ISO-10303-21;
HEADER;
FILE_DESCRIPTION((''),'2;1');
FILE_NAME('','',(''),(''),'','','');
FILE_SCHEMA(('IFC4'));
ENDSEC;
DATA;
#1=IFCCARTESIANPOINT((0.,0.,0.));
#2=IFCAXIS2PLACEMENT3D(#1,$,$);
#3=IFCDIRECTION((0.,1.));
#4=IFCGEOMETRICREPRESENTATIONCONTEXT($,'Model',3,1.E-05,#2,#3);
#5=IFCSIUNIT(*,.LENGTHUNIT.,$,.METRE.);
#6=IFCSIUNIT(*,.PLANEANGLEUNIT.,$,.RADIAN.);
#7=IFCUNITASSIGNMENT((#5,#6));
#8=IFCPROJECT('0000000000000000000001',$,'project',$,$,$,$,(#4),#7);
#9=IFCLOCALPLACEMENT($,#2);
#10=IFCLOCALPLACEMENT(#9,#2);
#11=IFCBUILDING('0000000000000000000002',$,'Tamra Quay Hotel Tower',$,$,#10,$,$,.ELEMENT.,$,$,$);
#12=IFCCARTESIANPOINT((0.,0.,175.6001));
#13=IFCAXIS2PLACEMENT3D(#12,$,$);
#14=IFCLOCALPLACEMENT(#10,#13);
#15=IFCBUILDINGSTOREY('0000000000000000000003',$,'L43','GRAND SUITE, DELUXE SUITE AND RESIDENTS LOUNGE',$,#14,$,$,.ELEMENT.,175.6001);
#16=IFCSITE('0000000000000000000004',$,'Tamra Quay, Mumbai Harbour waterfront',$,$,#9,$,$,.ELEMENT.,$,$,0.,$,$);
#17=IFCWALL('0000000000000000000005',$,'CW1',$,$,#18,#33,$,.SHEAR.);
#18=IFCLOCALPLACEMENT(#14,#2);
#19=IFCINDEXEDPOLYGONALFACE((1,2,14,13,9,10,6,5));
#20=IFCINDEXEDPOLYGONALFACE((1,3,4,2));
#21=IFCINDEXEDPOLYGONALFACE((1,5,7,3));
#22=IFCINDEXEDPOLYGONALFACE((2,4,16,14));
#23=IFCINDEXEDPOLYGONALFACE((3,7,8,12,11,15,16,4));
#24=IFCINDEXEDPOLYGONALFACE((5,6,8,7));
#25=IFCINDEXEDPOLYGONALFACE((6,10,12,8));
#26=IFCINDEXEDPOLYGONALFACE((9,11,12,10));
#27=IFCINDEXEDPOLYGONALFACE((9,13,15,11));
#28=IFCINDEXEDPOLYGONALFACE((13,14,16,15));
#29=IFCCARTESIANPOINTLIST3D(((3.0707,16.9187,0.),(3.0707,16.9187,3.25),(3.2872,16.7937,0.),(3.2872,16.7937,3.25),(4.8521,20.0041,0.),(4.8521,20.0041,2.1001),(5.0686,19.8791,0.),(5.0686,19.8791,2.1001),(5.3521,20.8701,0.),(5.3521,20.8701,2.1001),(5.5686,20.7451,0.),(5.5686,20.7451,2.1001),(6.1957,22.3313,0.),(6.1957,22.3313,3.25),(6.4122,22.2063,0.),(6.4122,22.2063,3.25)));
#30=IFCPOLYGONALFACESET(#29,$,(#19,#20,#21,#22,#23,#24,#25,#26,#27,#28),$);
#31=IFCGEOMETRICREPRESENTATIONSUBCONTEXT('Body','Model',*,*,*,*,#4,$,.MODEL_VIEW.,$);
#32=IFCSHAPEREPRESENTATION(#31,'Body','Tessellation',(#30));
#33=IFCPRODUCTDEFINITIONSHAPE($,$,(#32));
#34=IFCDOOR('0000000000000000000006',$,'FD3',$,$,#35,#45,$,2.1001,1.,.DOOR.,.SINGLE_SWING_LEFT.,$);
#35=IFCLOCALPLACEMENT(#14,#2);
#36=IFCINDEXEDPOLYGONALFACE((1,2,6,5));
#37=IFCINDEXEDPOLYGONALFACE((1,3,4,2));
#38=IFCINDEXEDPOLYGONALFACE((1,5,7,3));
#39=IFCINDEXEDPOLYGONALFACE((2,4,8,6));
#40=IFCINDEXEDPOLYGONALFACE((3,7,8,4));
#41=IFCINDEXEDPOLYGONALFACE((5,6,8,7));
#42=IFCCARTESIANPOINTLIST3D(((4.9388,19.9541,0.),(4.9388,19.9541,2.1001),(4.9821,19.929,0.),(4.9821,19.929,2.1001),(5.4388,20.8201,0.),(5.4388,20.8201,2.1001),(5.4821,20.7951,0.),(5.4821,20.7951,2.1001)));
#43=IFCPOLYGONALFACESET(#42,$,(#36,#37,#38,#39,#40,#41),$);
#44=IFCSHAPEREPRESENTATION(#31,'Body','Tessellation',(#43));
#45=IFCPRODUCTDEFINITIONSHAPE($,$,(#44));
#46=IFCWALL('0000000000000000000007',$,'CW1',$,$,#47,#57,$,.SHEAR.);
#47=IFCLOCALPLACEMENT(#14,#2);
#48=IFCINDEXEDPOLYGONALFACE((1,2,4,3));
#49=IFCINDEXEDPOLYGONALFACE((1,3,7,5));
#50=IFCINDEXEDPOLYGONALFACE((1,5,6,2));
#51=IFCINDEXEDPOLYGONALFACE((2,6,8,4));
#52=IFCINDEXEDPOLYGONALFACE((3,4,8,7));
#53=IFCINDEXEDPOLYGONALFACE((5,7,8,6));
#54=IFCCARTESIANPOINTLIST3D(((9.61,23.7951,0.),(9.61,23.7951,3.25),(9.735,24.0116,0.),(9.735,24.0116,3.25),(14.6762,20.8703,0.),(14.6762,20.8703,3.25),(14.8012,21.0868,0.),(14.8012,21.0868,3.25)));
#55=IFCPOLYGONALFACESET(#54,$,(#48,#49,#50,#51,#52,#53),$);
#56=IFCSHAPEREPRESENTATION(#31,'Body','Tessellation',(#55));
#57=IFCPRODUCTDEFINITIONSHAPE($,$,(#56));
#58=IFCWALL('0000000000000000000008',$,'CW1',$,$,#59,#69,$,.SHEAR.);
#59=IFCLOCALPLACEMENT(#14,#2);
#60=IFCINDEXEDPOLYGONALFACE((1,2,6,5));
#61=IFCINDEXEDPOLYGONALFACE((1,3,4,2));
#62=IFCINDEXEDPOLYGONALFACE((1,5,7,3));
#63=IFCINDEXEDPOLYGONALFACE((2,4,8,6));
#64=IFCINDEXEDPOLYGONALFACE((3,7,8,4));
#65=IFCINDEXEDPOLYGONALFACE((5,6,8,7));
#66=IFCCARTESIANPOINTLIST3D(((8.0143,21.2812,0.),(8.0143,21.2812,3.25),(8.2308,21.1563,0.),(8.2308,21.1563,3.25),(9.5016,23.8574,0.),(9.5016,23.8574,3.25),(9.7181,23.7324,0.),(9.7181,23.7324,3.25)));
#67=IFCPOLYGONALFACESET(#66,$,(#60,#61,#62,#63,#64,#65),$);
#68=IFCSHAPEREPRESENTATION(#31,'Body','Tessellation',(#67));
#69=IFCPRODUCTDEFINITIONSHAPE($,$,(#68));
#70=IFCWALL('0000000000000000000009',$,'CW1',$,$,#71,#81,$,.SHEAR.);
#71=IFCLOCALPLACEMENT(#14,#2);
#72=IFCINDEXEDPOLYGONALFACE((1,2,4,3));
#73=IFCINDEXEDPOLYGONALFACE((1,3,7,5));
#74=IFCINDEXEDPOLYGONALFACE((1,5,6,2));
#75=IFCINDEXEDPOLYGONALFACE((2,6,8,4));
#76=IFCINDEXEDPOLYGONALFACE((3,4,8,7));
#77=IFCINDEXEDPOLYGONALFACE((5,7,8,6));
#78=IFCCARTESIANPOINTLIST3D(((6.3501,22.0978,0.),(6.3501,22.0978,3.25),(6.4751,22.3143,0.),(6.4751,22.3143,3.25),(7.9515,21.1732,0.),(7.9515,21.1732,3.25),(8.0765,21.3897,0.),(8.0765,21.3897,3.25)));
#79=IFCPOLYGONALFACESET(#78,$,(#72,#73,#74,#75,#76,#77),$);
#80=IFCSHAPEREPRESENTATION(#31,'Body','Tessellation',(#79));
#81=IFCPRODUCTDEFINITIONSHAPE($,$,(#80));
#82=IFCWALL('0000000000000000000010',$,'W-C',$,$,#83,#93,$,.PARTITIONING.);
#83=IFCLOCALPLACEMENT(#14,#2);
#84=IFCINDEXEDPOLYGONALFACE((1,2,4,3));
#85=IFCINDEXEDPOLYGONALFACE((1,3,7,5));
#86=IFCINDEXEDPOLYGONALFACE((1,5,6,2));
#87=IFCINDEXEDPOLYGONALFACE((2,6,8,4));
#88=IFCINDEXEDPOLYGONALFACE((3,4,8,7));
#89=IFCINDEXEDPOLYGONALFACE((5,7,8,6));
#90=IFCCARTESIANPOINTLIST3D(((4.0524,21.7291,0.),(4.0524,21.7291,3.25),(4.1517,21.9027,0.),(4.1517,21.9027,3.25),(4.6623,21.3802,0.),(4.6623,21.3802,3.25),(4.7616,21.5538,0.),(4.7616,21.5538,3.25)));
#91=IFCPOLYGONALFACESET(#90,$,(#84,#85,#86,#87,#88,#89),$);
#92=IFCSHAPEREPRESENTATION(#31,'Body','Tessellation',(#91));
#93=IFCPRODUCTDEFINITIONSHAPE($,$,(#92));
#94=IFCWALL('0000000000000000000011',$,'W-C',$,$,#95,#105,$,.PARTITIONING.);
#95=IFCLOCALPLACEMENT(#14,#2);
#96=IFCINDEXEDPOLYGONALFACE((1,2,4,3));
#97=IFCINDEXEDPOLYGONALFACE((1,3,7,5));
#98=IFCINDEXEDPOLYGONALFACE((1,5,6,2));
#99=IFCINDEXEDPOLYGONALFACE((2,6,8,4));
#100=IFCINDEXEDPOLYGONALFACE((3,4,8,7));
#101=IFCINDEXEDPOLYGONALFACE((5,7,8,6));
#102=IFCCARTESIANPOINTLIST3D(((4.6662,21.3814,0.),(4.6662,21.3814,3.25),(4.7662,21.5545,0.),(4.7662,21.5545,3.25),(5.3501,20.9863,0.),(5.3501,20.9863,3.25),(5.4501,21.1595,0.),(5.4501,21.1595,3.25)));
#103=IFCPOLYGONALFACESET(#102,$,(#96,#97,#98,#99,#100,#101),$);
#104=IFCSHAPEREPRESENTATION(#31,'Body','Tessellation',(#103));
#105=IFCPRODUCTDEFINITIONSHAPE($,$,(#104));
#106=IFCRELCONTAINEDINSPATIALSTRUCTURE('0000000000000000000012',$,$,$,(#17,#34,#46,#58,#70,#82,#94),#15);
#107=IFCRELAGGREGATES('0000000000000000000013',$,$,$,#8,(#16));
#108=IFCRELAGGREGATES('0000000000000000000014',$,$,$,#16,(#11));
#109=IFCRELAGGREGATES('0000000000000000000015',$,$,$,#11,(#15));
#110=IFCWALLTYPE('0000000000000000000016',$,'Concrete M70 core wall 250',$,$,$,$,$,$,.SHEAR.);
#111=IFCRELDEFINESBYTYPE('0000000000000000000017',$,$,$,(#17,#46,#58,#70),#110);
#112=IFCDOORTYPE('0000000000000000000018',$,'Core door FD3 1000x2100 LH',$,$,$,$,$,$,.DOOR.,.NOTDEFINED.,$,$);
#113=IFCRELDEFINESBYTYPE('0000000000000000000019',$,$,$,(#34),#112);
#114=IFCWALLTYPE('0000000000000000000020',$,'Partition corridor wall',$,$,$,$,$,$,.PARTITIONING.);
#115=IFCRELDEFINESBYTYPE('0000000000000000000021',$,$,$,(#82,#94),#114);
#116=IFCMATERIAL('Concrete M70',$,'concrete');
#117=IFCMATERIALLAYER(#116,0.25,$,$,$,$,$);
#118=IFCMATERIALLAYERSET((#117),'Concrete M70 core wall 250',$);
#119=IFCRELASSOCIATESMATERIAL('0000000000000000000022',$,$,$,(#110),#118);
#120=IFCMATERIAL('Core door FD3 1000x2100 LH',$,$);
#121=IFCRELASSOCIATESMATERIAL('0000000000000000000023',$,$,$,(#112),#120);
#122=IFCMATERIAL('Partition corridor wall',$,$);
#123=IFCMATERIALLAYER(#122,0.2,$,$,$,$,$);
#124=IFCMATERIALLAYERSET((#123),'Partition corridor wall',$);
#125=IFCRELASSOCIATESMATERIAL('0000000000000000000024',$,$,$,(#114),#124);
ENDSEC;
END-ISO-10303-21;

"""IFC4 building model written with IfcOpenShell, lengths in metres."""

from ifc_helpers import new_model, si_unit, direction, frame, frame_2d, origin, place, context, subcontext, project, spatial, rectangle, extrude, material, layer, layer_set, type_object, element, fill, save


model = new_model("IFC4")

# Units and contexts
model_context = context("Model", 3, precision=1e-05, world=origin(), true_north=direction((0.0, 1.0)))
body_context = subcontext(model_context, "Body", "Model", "MODEL_VIEW")
ifc_project = project(units=[si_unit("LENGTHUNIT", "METRE"), si_unit("PLANEANGLEUNIT", "RADIAN")], contexts=[model_context])

# Site, building, storey
site_placement = place(None, origin())
site = spatial("IfcSite", under=ifc_project, at=site_placement, Name="Tamra Quay, Mumbai Harbour waterfront", CompositionType="ELEMENT", RefElevation=0.0)
building_placement = place(site_placement, origin())
building = spatial("IfcBuilding", under=site, at=building_placement, Name="Tamra Quay Hotel Tower", CompositionType="ELEMENT")
storey_placement = place(building_placement, frame((0.0, 0.0, 175.6001)))
storey = spatial("IfcBuildingStorey", under=building, at=storey_placement, Name="L43", Description="GRAND SUITE, DELUXE SUITE AND RESIDENTS LOUNGE", CompositionType="ELEMENT", Elevation=175.6001)

# Shared definitions
ifc_material_1 = material(Name="Concrete M70", Category="concrete")

# Wall, opening, door
ifc_layer_1 = layer(ifc_material_1, 0.25)
ifc_layer_set_1 = layer_set([ifc_layer_1], Name="Concrete M70 core wall 250")
wall_type_1 = type_object("IfcWallType", Name="Concrete M70 core wall 250", PredefinedType="SHEAR", material=ifc_layer_set_1)
wall_1_placement = place(storey_placement, frame((3.179, 16.8562, 0.0), z_axis=(0.0, 0.0, 1.0), x_axis=(0.500004, 0.866023, 0.0)))
wall_1 = element("IfcWall", 1, at=wall_1_placement, inside=storey, type_object=wall_type_1, Name="CW1", PredefinedType="SHEAR", context=body_context, shape_type="SweptSolid", body=[
    extrude(rectangle(XDim=6.25, YDim=0.25, at=frame_2d((3.125, 0.0))), origin(), (0.0, 0.0, 1.0), 3.25),
])
opening_placement = place(wall_1_placement, frame((3.5627, 0.0, 0.0)))
opening = element("IfcOpeningElement", 2, at=opening_placement, cuts=wall_1, PredefinedType="OPENING", context=body_context, shape_type="SweptSolid", body=[
    extrude(rectangle(XDim=1.0, YDim=2.1001, at=frame_2d((0.5, 1.05))), frame((0.0, 0.135, 0.0), z_axis=(0.0, -1.0, 0.0), x_axis=(1.0, 0.0, 0.0)), (0.0, 0.0, 1.0), 0.27),
])
ifc_material_2 = material(Name="Core door FD3 1000x2100 LH")
door_type = type_object("IfcDoorType", Name="Core door FD3 1000x2100 LH", OperationType="NOTDEFINED", PredefinedType="DOOR", material=ifc_material_2)
door_placement = place(opening_placement, origin())
door = element("IfcDoor", 3, at=door_placement, inside=storey, type_object=door_type, Name="FD3", OperationType="SINGLE_SWING_LEFT", OverallHeight=2.1001, OverallWidth=1.0, PredefinedType="DOOR", context=body_context, shape_type="SweptSolid", body=[
    extrude(rectangle(XDim=1.0, YDim=2.1001, at=frame_2d((0.5, 1.05))), frame((0.0, 0.0249, 0.0), z_axis=(0.0, -1.0, 0.0), x_axis=(1.0, 0.0, 0.0)), (0.0, 0.0, 1.0), 0.05),
])
fill(opening, door)

# Walls
wall_2_placement = place(storey_placement, frame((9.6726, 23.9033, 0.0), z_axis=(0.0, 0.0, 1.0), x_axis=(0.866036, -0.499981, 0.0)))
element("IfcWall", 4, at=wall_2_placement, inside=storey, type_object=wall_type_1, Name="CW1", PredefinedType="SHEAR", context=body_context, shape_type="SweptSolid", body=[
    extrude(rectangle(XDim=5.8499, YDim=0.25, at=frame_2d((2.9248, 0.0))), origin(), (0.0, 0.0, 1.0), 3.25),
])
wall_3_placement = place(storey_placement, frame((8.1226, 21.2188, 0.0), z_axis=(0.0, 0.0, 1.0), x_axis=(0.499988, 0.866033, 0.0)))
element("IfcWall", 5, at=wall_3_placement, inside=storey, type_object=wall_type_1, Name="CW1", PredefinedType="SHEAR", context=body_context, shape_type="SweptSolid", body=[
    extrude(rectangle(XDim=2.9746, YDim=0.25, at=frame_2d((1.4873, 0.0))), origin(), (0.0, 0.0, 1.0), 3.25),
])
wall_4_placement = place(storey_placement, frame((6.4126, 22.2061, 0.0), z_axis=(0.0, 0.0, 1.0), x_axis=(0.866016, -0.500016, 0.0)))
element("IfcWall", 6, at=wall_4_placement, inside=storey, type_object=wall_type_1, Name="CW1", PredefinedType="SHEAR", context=body_context, shape_type="SweptSolid", body=[
    extrude(rectangle(XDim=1.8491, YDim=0.25, at=frame_2d((0.9246, 0.0))), origin(), (0.0, 0.0, 1.0), 3.25),
])
ifc_material_3 = material(Name="Partition corridor wall")
ifc_layer_2 = layer(ifc_material_3, 0.2)
ifc_layer_set_2 = layer_set([ifc_layer_2], Name="Partition corridor wall")
wall_type_2 = type_object("IfcWallType", Name="Partition corridor wall", PredefinedType="PARTITIONING", material=ifc_layer_set_2)
wall_5_placement = place(storey_placement, frame((4.1021, 21.8159, 0.0), z_axis=(0.0, 0.0, 1.0), x_axis=(0.868008, -0.496551, 0.0)))
element("IfcWall", 7, at=wall_5_placement, inside=storey, type_object=wall_type_2, Name="W-C", PredefinedType="PARTITIONING", context=body_context, shape_type="SweptSolid", body=[
    extrude(rectangle(XDim=0.7026, YDim=0.2, at=frame_2d((0.3513, 0.0))), origin(), (0.0, 0.0, 1.0), 3.25),
])
wall_6_placement = place(storey_placement, frame((4.7161, 21.468, 0.0), z_axis=(0.0, 0.0, 1.0), x_axis=(0.865913, -0.500195, 0.0)))
element("IfcWall", 8, at=wall_6_placement, inside=storey, type_object=wall_type_2, Name="W-C", PredefinedType="PARTITIONING", context=body_context, shape_type="SweptSolid", body=[
    extrude(rectangle(XDim=0.7898, YDim=0.2, at=frame_2d((0.395, 0.0))), origin(), (0.0, 0.0, 1.0), 3.25),
])

save(model, "model.ifc")
